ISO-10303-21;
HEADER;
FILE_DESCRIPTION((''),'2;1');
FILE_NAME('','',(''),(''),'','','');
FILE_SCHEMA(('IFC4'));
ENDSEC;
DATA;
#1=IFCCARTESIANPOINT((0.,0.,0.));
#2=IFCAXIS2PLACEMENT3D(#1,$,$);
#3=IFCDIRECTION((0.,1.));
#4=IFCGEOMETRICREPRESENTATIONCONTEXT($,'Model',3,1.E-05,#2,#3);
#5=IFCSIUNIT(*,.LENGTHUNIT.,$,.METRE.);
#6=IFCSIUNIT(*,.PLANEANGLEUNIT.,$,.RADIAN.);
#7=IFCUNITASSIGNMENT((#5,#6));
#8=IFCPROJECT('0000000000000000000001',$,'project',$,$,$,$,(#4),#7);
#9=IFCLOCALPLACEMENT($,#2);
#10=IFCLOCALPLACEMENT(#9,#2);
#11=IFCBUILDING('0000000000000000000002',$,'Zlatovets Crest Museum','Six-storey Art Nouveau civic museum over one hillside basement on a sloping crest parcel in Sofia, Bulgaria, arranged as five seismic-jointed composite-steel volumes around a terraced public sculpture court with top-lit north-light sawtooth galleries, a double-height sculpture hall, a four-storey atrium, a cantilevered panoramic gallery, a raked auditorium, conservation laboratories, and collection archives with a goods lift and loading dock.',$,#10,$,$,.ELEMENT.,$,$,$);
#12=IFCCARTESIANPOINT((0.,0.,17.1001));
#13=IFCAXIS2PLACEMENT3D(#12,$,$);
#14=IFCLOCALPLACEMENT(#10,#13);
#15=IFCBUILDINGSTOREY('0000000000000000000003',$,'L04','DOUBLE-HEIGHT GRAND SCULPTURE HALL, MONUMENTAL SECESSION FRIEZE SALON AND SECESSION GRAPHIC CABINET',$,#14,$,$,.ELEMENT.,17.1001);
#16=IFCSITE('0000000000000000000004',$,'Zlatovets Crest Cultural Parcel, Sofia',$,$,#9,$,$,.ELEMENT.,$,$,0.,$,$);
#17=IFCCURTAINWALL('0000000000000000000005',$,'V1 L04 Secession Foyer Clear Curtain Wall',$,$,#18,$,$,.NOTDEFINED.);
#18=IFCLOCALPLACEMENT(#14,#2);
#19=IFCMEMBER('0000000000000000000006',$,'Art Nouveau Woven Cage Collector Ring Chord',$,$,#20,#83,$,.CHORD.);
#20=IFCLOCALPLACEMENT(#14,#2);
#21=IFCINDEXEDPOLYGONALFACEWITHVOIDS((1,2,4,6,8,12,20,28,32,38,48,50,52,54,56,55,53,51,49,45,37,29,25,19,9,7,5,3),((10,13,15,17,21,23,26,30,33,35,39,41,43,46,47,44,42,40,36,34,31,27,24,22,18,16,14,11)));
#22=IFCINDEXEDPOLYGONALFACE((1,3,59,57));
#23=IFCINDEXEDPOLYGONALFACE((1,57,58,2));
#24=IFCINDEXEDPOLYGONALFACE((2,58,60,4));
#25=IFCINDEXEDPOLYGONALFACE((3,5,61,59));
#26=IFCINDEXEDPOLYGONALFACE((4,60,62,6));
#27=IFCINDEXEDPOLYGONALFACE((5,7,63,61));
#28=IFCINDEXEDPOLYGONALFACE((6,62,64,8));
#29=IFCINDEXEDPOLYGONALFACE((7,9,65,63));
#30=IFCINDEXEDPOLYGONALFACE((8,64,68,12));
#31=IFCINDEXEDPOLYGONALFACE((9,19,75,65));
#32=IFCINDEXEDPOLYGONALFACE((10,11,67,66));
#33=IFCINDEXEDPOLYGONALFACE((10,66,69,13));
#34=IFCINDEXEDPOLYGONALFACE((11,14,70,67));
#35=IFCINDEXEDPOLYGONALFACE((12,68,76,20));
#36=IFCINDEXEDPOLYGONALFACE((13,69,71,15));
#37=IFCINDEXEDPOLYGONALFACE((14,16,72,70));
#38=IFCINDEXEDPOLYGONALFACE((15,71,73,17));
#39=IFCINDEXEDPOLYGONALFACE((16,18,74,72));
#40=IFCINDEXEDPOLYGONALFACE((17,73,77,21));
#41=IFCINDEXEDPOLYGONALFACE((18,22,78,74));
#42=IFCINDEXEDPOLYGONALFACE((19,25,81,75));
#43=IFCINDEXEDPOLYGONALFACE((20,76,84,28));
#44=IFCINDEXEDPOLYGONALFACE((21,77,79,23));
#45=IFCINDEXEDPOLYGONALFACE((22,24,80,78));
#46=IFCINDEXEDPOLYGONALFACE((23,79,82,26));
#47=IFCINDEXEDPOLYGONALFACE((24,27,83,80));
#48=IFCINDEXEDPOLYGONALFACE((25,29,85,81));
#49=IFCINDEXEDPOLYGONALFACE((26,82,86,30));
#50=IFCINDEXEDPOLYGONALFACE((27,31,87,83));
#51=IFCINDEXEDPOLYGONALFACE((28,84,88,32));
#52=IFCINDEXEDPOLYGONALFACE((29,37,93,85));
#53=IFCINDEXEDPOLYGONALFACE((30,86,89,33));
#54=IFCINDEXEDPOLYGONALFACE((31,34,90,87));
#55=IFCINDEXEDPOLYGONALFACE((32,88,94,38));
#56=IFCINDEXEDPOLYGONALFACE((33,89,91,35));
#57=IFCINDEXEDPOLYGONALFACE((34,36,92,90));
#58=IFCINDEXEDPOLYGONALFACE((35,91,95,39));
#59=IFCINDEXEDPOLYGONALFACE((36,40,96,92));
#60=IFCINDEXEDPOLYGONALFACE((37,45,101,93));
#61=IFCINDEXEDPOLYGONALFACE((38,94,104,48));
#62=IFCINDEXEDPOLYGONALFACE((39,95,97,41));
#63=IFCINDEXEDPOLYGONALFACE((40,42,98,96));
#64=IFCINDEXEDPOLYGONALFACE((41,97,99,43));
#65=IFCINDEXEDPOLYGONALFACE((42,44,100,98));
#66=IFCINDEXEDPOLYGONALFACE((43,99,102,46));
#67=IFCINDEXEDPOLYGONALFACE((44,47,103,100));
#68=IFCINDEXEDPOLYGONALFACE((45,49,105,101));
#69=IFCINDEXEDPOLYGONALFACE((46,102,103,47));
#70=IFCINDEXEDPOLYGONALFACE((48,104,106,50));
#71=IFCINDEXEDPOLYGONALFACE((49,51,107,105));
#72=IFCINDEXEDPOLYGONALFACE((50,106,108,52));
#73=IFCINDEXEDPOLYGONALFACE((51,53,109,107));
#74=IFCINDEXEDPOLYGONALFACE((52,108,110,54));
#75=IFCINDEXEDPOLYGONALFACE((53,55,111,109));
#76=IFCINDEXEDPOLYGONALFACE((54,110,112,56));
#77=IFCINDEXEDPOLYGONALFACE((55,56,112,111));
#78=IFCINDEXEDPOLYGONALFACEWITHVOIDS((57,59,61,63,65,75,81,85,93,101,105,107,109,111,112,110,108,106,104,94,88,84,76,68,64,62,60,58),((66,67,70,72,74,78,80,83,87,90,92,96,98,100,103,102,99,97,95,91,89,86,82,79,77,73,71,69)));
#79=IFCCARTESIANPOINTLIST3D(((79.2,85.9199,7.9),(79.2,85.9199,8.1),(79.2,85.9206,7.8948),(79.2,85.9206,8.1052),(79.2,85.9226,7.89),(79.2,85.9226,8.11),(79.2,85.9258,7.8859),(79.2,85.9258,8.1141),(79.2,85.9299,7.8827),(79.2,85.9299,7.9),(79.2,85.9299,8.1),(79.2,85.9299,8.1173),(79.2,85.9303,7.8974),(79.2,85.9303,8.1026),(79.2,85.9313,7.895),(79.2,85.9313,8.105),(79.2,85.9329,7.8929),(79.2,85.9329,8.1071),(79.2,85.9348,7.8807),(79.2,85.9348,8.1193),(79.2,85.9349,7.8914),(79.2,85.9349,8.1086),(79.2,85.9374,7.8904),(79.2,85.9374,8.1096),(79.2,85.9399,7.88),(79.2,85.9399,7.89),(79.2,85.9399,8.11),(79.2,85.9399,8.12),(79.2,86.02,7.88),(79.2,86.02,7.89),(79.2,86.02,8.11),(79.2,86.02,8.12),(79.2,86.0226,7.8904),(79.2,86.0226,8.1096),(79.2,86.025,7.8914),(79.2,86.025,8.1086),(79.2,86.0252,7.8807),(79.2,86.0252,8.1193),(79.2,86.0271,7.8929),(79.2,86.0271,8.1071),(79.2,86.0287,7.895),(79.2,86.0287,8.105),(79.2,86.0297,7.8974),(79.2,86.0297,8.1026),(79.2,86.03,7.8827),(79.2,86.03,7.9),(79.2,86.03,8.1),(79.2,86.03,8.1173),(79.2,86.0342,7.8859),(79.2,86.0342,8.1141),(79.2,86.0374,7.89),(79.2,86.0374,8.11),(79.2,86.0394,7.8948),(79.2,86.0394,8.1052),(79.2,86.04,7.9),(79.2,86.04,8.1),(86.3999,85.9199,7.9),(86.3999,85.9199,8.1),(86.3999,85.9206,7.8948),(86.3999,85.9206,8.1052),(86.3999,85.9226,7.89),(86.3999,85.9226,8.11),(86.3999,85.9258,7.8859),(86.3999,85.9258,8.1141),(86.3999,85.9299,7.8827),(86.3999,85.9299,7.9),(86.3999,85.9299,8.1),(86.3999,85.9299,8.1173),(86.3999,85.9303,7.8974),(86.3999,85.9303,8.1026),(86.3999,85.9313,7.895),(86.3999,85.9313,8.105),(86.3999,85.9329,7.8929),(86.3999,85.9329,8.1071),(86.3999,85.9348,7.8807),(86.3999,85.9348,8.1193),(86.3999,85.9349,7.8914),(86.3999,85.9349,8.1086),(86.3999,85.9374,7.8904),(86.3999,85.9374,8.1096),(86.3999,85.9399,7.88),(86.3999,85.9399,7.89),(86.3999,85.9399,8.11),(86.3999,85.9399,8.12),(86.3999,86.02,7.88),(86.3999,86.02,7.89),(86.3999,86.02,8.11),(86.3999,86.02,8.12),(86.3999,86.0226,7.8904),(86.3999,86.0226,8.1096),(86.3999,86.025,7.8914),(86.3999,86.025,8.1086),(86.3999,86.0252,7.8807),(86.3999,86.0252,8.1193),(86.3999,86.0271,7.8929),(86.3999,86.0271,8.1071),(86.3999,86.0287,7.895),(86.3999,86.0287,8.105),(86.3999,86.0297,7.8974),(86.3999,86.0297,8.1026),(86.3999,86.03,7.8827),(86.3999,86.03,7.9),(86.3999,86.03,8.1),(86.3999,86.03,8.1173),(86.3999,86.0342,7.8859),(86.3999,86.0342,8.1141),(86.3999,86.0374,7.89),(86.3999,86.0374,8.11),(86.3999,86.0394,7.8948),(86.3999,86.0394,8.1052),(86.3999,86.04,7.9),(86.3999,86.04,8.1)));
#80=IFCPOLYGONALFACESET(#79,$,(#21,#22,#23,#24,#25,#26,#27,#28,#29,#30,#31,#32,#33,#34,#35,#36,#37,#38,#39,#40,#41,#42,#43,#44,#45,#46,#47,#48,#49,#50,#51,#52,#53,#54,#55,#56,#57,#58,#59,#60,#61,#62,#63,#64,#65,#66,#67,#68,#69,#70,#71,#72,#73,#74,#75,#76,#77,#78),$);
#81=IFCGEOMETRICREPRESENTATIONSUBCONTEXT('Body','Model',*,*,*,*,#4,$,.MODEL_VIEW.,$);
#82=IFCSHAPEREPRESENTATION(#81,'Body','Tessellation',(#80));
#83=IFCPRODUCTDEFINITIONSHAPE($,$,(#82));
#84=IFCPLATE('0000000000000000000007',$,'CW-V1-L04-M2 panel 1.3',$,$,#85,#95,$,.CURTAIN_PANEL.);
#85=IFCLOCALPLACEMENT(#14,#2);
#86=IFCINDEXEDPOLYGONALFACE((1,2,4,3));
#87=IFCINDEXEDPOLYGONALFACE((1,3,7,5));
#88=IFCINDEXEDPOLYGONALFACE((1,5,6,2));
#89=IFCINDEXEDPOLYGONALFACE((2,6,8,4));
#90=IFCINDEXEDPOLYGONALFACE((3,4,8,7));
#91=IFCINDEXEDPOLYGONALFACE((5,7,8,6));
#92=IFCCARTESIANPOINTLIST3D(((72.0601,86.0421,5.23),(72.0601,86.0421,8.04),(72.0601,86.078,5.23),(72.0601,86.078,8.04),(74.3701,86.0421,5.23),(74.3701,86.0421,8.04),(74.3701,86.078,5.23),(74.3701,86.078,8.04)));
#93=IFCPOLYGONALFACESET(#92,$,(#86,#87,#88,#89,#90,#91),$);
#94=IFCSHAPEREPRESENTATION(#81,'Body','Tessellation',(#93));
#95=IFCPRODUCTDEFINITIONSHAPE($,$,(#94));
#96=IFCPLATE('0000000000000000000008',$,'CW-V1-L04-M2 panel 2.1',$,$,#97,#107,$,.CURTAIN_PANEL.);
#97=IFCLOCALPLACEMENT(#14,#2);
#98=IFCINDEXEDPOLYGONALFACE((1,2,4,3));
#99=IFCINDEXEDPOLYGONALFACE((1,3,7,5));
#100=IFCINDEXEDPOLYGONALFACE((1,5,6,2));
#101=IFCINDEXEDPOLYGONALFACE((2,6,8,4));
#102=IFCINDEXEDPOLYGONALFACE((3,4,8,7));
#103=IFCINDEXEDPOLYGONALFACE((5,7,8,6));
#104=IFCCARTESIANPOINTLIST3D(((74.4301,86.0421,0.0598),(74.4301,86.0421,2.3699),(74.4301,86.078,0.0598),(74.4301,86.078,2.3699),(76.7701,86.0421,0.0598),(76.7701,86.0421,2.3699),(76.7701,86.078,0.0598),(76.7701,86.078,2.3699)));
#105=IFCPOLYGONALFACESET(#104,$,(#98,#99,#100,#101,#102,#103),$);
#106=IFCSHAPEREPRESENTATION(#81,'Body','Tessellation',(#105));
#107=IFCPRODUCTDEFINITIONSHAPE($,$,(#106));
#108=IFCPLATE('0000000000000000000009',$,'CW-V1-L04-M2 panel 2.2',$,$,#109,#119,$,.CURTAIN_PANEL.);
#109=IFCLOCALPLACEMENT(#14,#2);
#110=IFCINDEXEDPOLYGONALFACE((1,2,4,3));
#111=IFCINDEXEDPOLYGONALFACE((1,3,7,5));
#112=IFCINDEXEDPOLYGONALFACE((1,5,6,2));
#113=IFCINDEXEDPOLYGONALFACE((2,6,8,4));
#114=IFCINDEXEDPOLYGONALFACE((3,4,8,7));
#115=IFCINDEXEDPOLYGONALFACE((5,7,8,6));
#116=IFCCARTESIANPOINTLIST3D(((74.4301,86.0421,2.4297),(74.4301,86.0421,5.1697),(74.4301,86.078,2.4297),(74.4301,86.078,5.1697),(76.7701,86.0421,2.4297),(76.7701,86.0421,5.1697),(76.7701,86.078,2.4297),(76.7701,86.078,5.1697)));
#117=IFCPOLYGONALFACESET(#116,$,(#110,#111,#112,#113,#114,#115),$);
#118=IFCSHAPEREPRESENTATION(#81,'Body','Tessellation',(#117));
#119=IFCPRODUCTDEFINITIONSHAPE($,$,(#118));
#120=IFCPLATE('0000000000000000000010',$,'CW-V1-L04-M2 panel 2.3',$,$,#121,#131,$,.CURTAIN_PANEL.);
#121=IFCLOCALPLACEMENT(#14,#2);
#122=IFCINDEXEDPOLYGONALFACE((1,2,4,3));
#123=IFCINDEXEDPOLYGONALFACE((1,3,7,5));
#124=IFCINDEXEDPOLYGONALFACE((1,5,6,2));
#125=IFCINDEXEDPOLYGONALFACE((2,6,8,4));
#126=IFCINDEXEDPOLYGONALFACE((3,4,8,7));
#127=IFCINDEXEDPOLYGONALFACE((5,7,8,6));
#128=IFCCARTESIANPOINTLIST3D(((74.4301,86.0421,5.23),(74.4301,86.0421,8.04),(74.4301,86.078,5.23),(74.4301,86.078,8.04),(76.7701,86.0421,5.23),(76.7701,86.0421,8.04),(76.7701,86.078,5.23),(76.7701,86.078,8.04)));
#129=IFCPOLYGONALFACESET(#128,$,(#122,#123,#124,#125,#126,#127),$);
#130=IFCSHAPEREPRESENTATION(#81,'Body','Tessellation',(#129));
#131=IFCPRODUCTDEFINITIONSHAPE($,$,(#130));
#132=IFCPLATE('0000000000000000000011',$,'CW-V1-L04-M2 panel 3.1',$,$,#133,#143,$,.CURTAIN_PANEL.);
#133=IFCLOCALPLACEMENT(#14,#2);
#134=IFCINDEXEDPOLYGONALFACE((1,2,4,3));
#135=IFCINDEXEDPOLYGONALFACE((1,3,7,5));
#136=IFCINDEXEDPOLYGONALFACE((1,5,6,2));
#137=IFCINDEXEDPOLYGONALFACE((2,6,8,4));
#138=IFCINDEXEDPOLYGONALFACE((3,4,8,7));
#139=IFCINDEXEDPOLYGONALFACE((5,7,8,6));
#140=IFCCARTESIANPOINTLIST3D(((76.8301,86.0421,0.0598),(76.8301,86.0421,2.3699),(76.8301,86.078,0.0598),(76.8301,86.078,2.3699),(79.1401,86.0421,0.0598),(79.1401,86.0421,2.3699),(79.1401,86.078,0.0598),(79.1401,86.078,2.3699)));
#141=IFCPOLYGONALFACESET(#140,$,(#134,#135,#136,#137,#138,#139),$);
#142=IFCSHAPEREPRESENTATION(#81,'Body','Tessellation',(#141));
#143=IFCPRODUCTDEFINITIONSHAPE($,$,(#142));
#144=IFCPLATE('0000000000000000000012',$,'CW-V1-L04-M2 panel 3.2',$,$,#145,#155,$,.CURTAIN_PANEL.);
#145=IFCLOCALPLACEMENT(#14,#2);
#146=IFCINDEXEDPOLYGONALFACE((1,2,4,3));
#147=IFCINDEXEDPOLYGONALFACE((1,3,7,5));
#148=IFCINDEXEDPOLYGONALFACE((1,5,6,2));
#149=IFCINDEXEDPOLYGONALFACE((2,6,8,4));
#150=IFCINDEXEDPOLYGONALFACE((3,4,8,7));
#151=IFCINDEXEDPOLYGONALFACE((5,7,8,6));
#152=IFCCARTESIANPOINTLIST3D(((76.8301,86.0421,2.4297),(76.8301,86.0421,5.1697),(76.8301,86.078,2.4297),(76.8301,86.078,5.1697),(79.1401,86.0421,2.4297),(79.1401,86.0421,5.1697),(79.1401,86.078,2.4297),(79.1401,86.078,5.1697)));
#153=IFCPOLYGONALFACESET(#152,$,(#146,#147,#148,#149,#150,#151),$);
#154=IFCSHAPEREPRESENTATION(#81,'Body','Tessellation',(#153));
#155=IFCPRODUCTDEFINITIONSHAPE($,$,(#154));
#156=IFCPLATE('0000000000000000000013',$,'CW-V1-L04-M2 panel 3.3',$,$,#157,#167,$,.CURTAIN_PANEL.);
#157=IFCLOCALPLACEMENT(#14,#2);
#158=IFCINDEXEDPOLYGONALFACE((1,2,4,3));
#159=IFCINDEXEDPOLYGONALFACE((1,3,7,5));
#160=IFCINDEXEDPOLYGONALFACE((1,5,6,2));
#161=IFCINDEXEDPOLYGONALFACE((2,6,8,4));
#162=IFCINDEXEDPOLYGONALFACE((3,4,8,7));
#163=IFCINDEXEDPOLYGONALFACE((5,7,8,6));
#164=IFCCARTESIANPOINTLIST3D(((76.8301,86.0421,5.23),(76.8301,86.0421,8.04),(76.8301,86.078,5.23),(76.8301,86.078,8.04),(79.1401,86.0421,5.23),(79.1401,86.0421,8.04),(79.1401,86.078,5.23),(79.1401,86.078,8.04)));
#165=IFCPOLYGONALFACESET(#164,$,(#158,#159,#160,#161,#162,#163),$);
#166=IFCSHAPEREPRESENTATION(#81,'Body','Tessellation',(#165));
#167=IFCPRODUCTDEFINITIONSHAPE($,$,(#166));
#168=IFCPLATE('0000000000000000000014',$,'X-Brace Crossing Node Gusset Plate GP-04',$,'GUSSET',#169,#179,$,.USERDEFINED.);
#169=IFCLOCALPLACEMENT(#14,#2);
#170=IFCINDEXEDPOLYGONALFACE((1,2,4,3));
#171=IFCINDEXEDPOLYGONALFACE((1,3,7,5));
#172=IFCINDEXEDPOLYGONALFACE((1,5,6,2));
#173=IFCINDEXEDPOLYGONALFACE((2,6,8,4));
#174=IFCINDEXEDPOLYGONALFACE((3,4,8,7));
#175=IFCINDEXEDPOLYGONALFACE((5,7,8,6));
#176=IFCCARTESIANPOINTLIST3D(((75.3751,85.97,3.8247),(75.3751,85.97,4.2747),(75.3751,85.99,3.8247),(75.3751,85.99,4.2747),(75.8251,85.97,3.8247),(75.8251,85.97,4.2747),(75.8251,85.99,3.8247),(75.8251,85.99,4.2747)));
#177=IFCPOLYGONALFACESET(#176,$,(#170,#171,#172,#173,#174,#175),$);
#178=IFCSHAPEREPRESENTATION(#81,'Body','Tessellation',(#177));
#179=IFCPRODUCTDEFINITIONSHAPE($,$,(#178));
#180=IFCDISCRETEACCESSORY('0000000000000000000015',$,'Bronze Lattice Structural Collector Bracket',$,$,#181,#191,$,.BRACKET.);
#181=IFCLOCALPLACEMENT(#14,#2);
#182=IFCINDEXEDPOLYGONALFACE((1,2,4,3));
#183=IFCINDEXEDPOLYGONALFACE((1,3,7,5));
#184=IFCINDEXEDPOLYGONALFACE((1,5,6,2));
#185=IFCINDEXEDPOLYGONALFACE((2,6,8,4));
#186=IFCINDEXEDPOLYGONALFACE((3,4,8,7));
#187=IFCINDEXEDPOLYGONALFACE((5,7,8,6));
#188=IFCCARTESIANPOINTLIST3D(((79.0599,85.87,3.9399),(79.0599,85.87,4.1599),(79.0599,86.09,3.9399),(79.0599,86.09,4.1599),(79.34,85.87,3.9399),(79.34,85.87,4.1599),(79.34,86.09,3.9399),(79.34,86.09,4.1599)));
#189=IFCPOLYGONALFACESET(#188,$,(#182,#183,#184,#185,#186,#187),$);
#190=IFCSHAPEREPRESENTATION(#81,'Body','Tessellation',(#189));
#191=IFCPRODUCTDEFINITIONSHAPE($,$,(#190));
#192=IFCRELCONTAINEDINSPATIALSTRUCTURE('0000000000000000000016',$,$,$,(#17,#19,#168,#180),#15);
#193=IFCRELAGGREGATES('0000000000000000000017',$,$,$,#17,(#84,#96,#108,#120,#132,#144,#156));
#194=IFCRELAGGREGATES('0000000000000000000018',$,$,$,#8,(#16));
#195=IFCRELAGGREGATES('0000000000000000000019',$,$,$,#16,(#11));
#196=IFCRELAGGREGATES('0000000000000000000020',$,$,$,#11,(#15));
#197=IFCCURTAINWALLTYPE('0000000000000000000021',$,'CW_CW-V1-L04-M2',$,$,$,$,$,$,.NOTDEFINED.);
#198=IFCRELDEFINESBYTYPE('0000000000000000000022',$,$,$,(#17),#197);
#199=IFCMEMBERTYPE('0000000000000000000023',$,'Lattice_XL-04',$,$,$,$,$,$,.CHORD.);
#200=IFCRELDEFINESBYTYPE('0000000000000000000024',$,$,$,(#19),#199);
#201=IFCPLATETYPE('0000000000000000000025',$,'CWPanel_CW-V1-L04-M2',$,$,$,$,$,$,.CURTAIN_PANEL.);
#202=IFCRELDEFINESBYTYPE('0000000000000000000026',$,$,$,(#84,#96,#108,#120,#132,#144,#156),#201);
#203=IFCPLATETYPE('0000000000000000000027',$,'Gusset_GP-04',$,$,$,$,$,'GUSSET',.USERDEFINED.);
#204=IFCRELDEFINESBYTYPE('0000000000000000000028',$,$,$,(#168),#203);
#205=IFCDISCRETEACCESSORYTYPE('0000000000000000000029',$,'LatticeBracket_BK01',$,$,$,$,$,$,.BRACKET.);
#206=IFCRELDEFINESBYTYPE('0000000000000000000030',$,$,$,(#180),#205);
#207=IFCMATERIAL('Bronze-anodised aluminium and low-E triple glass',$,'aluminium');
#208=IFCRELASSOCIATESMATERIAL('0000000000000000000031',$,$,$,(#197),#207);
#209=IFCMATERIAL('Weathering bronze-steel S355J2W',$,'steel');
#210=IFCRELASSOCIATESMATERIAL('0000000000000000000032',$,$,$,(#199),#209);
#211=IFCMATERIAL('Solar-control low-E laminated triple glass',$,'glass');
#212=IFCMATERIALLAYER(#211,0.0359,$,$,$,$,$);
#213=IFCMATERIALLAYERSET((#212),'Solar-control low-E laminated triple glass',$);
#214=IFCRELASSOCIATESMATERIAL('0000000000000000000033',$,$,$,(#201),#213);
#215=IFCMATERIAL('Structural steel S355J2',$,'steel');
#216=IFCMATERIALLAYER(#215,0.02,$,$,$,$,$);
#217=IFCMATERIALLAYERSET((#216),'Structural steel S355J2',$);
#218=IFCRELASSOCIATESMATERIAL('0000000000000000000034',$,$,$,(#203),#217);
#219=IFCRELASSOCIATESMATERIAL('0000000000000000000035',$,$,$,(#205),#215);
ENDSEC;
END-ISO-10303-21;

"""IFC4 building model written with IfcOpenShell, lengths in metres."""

from ifc_helpers import new_model, si_unit, direction, frame, origin, origin_2d, place, context, subcontext, project, spatial, rectangle, hollow_rectangle, extrude, material, layer, layer_set, material_profile, profile_set, type_object, element, aggregate, save


model = new_model("IFC4")

# Units and contexts
model_context = context("Model", 3, precision=1e-05, world=origin(), true_north=direction((0.0, 1.0)))
body_context = subcontext(model_context, "Body", "Model", "MODEL_VIEW")
ifc_project = project(units=[si_unit("LENGTHUNIT", "METRE"), si_unit("PLANEANGLEUNIT", "RADIAN")], contexts=[model_context])

# Site, building, storey
site_placement = place(None, origin())
site = spatial("IfcSite", under=ifc_project, at=site_placement, Name="Zlatovets Crest Cultural Parcel, Sofia", CompositionType="ELEMENT", RefElevation=0.0)
building_placement = place(site_placement, origin())
building = spatial("IfcBuilding", under=site, at=building_placement, Name="Zlatovets Crest Museum", Description="Six-storey Art Nouveau civic museum over one hillside basement on a sloping crest parcel in Sofia, Bulgaria, arranged as five seismic-jointed composite-steel volumes around a terraced public sculpture court with top-lit north-light sawtooth galleries, a double-height sculpture hall, a four-storey atrium, a cantilevered panoramic gallery, a raked auditorium, conservation laboratories, and collection archives with a goods lift and loading dock.", CompositionType="ELEMENT")
storey_placement = place(building_placement, frame((0.0, 0.0, 17.1001)))
storey = spatial("IfcBuildingStorey", under=building, at=storey_placement, Name="L04", Description="DOUBLE-HEIGHT GRAND SCULPTURE HALL, MONUMENTAL SECESSION FRIEZE SALON AND SECESSION GRAPHIC CABINET", CompositionType="ELEMENT", Elevation=17.1001)

# Shared definitions
ifc_material_1 = material(Name="Structural steel S355J2", Category="steel")

# Curtain wall
ifc_material_2 = material(Name="Bronze-anodised aluminium and low-E triple glass", Category="aluminium")
curtain_wall_type_1 = type_object("IfcCurtainWallType", Name="CW_CW-V1-L04-M2", PredefinedType="NOTDEFINED", material=ifc_material_2)
curtain_wall_1_placement = place(storey_placement, origin())
curtain_wall_1 = element("IfcCurtainWall", 1, at=curtain_wall_1_placement, inside=storey, type_object=curtain_wall_type_1, Name="V1 L04 Secession Foyer Clear Curtain Wall", PredefinedType="NOTDEFINED")

# Member
ifc_material_3 = material(Name="Weathering bronze-steel S355J2W", Category="steel")
ifc_material_profile_1 = material_profile(ifc_material_3, hollow_rectangle(XDim=0.1201, YDim=0.24, WallThickness=0.01, InnerFilletRadius=0.01, OuterFilletRadius=0.02, at=origin_2d()), Name="RHS 120x240x10.0")
ifc_profile_set_1 = profile_set([ifc_material_profile_1], Name="Weathering bronze-steel S355J2W")
member_type_1 = type_object("IfcMemberType", Name="Lattice_XL-04", PredefinedType="CHORD", material=ifc_profile_set_1)
member_1_placement = place(storey_placement, frame((79.2, 85.98, 8.0), z_axis=(1.0, 0.0, 0.0), x_axis=(0.0, 1.0, 0.0)))
element("IfcMember", 2, at=member_1_placement, inside=storey, type_object=member_type_1, Name="Art Nouveau Woven Cage Collector Ring Chord", PredefinedType="CHORD", context=body_context, shape_type="SweptSolid", body=[
    extrude(hollow_rectangle(XDim=0.1201, YDim=0.24, WallThickness=0.01, InnerFilletRadius=0.01, OuterFilletRadius=0.02, at=origin_2d()), origin(), (0.0, 0.0, 1.0), 7.2),
])

# Plates
ifc_material_4 = material(Name="Solar-control low-E laminated triple glass", Category="glass")
ifc_layer_1 = layer(ifc_material_4, 0.0359)
ifc_layer_set_1 = layer_set([ifc_layer_1], Name="Solar-control low-E laminated triple glass")
plate_type_1 = type_object("IfcPlateType", Name="CWPanel_CW-V1-L04-M2", PredefinedType="CURTAIN_PANEL", material=ifc_layer_set_1)
plate_1_placement = place(storey_placement, frame((73.2151, 86.0601, 5.23), z_axis=(0.0, 0.0, 1.0), x_axis=(1.0, 0.0, 0.0)))
plate_1 = element("IfcPlate", 3, at=plate_1_placement, type_object=plate_type_1, Name="CW-V1-L04-M2 panel 1.3", PredefinedType="CURTAIN_PANEL", context=body_context, shape_type="SweptSolid", body=[
    extrude(rectangle(XDim=2.3101, YDim=0.0359, at=origin_2d()), origin(), (0.0, 0.0, 1.0), 2.8101),
])
plate_2_placement = place(storey_placement, frame((75.6001, 86.0601, 0.0598), z_axis=(0.0, 0.0, 1.0), x_axis=(1.0, 0.0, 0.0)))
plate_2 = element("IfcPlate", 4, at=plate_2_placement, type_object=plate_type_1, Name="CW-V1-L04-M2 panel 2.1", PredefinedType="CURTAIN_PANEL", context=body_context, shape_type="SweptSolid", body=[
    extrude(rectangle(XDim=2.3401, YDim=0.0359, at=origin_2d()), origin(), (0.0, 0.0, 1.0), 2.3101),
])
plate_3_placement = place(storey_placement, frame((75.6001, 86.0601, 2.4297), z_axis=(0.0, 0.0, 1.0), x_axis=(1.0, 0.0, 0.0)))
plate_3 = element("IfcPlate", 5, at=plate_3_placement, type_object=plate_type_1, Name="CW-V1-L04-M2 panel 2.2", PredefinedType="CURTAIN_PANEL", context=body_context, shape_type="SweptSolid", body=[
    extrude(rectangle(XDim=2.3401, YDim=0.0359, at=origin_2d()), origin(), (0.0, 0.0, 1.0), 2.74),
])
plate_4_placement = place(storey_placement, frame((75.6001, 86.0601, 5.23), z_axis=(0.0, 0.0, 1.0), x_axis=(1.0, 0.0, 0.0)))
plate_4 = element("IfcPlate", 6, at=plate_4_placement, type_object=plate_type_1, Name="CW-V1-L04-M2 panel 2.3", PredefinedType="CURTAIN_PANEL", context=body_context, shape_type="SweptSolid", body=[
    extrude(rectangle(XDim=2.3401, YDim=0.0359, at=origin_2d()), origin(), (0.0, 0.0, 1.0), 2.8101),
])
plate_5_placement = place(storey_placement, frame((77.9851, 86.0601, 0.0598), z_axis=(0.0, 0.0, 1.0), x_axis=(1.0, 0.0, 0.0)))
plate_5 = element("IfcPlate", 7, at=plate_5_placement, type_object=plate_type_1, Name="CW-V1-L04-M2 panel 3.1", PredefinedType="CURTAIN_PANEL", context=body_context, shape_type="SweptSolid", body=[
    extrude(rectangle(XDim=2.3101, YDim=0.0359, at=origin_2d()), origin(), (0.0, 0.0, 1.0), 2.3101),
])
plate_6_placement = place(storey_placement, frame((77.9851, 86.0601, 2.4297), z_axis=(0.0, 0.0, 1.0), x_axis=(1.0, 0.0, 0.0)))
plate_6 = element("IfcPlate", 8, at=plate_6_placement, type_object=plate_type_1, Name="CW-V1-L04-M2 panel 3.2", PredefinedType="CURTAIN_PANEL", context=body_context, shape_type="SweptSolid", body=[
    extrude(rectangle(XDim=2.3101, YDim=0.0359, at=origin_2d()), origin(), (0.0, 0.0, 1.0), 2.74),
])
plate_7_placement = place(storey_placement, frame((77.9851, 86.0601, 5.23), z_axis=(0.0, 0.0, 1.0), x_axis=(1.0, 0.0, 0.0)))
plate_7 = element("IfcPlate", 9, at=plate_7_placement, type_object=plate_type_1, Name="CW-V1-L04-M2 panel 3.3", PredefinedType="CURTAIN_PANEL", context=body_context, shape_type="SweptSolid", body=[
    extrude(rectangle(XDim=2.3101, YDim=0.0359, at=origin_2d()), origin(), (0.0, 0.0, 1.0), 2.8101),
])
aggregate(curtain_wall_1, [plate_1, plate_2, plate_3, plate_4, plate_5, plate_6, plate_7])
ifc_layer_2 = layer(ifc_material_1, 0.02)
ifc_layer_set_2 = layer_set([ifc_layer_2], Name="Structural steel S355J2")
plate_type_2 = type_object("IfcPlateType", Name="Gusset_GP-04", ElementType="GUSSET", PredefinedType="USERDEFINED", material=ifc_layer_set_2)
plate_8_placement = place(storey_placement, frame((75.6001, 85.98, 3.8247), z_axis=(0.0, 0.0, 1.0), x_axis=(1.0, 0.0, 0.0)))
element("IfcPlate", 10, at=plate_8_placement, inside=storey, type_object=plate_type_2, Name="X-Brace Crossing Node Gusset Plate GP-04", ObjectType="GUSSET", PredefinedType="USERDEFINED", context=body_context, shape_type="SweptSolid", body=[
    extrude(rectangle(XDim=0.45, YDim=0.02, at=origin_2d()), origin(), (0.0, 0.0, 1.0), 0.45),
])

# Discrete accessory
discrete_accessory_type = type_object("IfcDiscreteAccessoryType", Name="LatticeBracket_BK01", PredefinedType="BRACKET", material=ifc_material_1)
discrete_accessory_placement = place(storey_placement, frame((79.2, 85.98, 3.9399), z_axis=(0.0, 0.0, 1.0), x_axis=(1.0, 0.0, 0.0)))
element("IfcDiscreteAccessory", 11, at=discrete_accessory_placement, inside=storey, type_object=discrete_accessory_type, Name="Bronze Lattice Structural Collector Bracket", PredefinedType="BRACKET", context=body_context, shape_type="SweptSolid", body=[
    extrude(rectangle(XDim=0.28, YDim=0.22, at=origin_2d()), origin(), (0.0, 0.0, 1.0), 0.22),
])

save(model, "model.ifc")
